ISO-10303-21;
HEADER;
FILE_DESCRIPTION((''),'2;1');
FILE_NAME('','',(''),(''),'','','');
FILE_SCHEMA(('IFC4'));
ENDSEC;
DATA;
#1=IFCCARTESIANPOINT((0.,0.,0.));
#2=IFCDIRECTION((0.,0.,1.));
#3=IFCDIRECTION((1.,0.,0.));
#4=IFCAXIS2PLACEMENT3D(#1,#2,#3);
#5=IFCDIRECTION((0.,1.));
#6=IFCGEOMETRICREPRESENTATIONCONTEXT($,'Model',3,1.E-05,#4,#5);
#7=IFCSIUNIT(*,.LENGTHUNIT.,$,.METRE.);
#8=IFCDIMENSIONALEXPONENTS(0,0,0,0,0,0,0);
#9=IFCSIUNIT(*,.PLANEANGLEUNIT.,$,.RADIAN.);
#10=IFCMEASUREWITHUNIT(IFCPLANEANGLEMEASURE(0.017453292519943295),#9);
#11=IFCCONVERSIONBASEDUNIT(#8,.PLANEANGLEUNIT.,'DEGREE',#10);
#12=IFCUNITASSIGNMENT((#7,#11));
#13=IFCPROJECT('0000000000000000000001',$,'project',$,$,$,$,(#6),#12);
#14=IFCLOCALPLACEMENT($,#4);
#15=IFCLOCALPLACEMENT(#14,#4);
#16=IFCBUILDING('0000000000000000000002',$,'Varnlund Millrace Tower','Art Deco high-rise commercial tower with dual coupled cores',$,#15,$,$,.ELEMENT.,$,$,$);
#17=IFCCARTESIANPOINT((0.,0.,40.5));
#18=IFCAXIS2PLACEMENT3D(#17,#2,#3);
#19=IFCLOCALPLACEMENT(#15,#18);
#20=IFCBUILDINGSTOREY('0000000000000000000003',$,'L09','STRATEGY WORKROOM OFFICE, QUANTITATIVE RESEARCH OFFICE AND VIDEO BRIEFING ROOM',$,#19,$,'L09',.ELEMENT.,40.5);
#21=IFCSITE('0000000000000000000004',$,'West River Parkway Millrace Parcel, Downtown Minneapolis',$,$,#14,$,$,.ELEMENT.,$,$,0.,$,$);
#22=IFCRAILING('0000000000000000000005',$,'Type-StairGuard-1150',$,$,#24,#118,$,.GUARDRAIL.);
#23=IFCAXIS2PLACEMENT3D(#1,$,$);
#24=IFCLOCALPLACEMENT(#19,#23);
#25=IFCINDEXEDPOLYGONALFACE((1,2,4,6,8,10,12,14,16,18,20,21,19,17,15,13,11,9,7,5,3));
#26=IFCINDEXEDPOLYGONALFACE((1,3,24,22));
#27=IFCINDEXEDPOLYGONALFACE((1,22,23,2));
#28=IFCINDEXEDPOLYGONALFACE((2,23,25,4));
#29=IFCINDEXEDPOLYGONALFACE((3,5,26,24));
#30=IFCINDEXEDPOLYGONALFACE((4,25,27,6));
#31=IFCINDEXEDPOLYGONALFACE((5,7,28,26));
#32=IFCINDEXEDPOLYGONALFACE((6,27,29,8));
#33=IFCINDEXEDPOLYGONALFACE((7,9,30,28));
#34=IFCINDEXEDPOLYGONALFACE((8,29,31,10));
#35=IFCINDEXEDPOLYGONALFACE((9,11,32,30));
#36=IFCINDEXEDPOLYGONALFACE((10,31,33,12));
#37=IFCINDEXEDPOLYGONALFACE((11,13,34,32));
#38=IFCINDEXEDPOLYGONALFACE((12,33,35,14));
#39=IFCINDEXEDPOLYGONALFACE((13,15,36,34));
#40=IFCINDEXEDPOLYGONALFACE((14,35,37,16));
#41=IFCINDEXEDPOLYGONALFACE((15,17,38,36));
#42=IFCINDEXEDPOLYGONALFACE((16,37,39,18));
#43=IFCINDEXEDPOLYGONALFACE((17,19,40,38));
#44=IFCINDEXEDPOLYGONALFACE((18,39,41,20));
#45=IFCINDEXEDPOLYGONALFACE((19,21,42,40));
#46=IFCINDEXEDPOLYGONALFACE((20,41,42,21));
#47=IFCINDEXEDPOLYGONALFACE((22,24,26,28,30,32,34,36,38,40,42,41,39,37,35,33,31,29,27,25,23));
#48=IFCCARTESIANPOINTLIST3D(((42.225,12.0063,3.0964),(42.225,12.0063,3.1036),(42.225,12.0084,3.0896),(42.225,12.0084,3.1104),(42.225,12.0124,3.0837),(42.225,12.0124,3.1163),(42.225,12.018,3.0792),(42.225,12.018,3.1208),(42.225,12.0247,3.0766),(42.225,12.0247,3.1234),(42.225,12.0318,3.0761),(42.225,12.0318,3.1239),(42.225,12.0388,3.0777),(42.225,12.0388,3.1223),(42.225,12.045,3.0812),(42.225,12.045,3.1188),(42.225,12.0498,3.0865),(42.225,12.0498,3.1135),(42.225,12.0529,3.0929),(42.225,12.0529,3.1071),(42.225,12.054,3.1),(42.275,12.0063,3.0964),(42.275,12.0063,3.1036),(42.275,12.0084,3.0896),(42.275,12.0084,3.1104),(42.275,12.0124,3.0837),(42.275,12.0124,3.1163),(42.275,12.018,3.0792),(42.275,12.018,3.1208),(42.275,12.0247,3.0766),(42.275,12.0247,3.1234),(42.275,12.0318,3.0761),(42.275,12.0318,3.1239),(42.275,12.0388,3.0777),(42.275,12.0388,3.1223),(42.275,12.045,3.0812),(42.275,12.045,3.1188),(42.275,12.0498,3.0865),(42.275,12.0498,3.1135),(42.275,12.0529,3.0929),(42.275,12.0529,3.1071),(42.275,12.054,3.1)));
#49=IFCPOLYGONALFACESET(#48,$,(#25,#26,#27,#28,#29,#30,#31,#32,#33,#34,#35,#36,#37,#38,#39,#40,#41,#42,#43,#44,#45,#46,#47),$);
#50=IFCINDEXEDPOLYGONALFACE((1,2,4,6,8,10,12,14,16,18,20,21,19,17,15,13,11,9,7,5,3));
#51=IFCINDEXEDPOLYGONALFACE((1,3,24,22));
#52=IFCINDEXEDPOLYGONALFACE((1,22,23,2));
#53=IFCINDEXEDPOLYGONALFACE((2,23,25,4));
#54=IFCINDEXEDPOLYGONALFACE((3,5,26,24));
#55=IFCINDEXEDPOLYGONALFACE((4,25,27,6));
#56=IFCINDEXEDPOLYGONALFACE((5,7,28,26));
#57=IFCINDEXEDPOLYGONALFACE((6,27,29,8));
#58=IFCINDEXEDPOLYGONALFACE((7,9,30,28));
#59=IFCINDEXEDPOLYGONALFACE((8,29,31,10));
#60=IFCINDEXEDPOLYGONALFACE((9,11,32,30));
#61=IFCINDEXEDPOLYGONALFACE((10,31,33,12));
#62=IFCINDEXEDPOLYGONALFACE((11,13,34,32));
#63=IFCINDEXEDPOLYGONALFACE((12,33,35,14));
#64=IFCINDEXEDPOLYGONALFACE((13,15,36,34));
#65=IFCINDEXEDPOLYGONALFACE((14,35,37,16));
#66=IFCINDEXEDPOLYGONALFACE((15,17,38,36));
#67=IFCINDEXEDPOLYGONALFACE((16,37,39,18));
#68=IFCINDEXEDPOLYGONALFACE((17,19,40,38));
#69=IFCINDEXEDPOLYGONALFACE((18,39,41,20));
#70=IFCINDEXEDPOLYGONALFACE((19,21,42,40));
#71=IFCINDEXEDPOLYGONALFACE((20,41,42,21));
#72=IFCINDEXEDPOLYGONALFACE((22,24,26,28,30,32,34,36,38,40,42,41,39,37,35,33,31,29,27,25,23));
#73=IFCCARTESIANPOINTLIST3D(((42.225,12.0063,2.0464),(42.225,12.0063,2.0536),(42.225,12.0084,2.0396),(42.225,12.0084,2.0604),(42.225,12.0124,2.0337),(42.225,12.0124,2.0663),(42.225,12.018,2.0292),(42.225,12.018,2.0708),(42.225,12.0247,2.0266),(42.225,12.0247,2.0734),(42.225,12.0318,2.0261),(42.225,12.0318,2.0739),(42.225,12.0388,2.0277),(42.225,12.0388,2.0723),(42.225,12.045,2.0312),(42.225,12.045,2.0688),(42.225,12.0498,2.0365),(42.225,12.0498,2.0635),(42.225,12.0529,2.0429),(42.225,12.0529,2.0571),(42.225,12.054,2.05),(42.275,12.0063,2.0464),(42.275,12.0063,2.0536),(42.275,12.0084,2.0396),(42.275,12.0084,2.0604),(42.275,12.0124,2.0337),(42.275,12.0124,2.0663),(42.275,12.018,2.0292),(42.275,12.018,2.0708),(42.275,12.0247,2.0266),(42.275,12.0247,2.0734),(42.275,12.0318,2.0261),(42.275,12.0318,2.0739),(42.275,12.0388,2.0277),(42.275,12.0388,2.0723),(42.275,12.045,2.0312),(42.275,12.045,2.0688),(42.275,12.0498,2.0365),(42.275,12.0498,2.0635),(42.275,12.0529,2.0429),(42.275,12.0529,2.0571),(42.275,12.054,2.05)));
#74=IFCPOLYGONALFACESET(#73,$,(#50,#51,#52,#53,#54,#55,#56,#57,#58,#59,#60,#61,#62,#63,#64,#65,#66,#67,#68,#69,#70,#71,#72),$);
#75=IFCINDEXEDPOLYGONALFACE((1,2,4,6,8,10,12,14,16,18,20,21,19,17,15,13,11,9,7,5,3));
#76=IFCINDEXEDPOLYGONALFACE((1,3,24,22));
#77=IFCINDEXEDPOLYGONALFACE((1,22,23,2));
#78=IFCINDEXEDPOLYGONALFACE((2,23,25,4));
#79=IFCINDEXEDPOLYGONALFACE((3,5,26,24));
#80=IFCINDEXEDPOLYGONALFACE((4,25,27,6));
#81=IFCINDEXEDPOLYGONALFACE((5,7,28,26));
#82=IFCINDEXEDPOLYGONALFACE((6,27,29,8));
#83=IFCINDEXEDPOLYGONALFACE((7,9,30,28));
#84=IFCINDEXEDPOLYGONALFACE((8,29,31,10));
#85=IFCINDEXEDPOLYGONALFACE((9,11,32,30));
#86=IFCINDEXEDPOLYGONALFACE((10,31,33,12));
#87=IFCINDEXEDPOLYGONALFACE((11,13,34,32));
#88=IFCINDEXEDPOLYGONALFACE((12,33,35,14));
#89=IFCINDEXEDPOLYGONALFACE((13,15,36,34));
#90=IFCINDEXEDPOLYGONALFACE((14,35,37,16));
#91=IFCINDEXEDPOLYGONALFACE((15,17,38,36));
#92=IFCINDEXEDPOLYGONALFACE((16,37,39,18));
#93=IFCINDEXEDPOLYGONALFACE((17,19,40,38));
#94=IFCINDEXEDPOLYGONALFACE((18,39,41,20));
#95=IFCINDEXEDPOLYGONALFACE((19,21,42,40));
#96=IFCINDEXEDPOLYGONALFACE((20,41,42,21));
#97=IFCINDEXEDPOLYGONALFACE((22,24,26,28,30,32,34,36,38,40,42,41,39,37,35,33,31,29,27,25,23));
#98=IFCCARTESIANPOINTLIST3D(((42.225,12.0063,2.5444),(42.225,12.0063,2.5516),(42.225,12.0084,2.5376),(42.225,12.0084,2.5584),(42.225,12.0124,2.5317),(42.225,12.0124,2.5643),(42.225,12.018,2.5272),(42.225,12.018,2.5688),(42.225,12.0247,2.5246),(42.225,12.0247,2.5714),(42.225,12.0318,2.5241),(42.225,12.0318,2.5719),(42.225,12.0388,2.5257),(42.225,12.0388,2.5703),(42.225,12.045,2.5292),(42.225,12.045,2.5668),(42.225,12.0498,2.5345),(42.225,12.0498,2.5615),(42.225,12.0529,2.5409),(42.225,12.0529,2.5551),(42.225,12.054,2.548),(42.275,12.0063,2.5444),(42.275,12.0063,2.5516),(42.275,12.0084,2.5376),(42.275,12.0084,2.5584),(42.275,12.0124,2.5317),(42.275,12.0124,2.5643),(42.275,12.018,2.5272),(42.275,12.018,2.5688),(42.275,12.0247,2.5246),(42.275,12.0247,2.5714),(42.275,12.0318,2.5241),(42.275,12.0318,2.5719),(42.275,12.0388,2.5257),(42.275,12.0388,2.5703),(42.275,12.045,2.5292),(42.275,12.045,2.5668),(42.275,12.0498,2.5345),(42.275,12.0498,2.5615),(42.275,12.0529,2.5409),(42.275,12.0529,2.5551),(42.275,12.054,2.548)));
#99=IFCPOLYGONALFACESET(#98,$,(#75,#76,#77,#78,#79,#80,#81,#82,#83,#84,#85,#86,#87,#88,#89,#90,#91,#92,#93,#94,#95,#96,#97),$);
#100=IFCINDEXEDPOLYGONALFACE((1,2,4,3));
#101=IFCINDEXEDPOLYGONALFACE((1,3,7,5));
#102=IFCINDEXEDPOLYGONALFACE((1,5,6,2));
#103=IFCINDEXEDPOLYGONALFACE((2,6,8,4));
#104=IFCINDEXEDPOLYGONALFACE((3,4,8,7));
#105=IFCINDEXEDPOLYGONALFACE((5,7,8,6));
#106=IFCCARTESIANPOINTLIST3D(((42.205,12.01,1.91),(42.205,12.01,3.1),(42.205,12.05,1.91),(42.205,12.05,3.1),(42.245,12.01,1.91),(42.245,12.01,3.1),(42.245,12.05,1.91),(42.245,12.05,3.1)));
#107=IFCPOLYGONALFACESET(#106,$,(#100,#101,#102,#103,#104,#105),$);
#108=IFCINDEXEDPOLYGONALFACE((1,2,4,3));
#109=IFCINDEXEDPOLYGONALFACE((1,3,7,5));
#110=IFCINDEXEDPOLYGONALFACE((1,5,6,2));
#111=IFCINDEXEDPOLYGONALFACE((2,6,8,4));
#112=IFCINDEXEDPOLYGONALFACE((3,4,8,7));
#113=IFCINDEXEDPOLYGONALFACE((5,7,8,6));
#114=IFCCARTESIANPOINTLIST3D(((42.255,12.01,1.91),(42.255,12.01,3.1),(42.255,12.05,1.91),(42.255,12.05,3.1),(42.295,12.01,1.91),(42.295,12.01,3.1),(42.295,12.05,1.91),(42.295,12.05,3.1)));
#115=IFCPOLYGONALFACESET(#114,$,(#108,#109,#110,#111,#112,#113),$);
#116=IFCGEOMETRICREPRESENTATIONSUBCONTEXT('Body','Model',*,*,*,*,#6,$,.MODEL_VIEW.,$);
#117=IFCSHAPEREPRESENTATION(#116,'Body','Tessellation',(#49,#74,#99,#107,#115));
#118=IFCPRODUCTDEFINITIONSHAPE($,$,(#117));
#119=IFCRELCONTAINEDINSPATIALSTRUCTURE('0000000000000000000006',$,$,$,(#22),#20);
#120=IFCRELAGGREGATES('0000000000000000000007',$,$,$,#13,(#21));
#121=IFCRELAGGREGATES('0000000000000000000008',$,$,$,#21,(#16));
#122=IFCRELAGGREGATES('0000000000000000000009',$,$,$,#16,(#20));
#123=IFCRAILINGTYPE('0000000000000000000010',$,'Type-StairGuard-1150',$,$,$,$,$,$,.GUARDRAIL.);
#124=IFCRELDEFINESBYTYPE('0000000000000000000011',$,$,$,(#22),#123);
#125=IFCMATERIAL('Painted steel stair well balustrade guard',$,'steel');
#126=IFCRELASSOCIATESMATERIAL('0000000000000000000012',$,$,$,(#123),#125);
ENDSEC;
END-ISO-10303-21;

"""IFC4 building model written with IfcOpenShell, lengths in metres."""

from ifc_helpers import new_model, entity, si_unit, converted_unit, direction, frame, origin_with_axes, origin_2d_with_axis, place, context, subcontext, project, spatial, rectangle, circle, extrude, material, type_object, element, save


model = new_model("IFC4")

# Units and contexts
model_context = context("Model", 3, precision=1e-05, world=origin_with_axes(), true_north=direction((0.0, 1.0)))
body_context = subcontext(model_context, "Body", "Model", "MODEL_VIEW")
ifc_project = project(units=[si_unit("LENGTHUNIT", "METRE"), converted_unit("PLANEANGLEUNIT", "DEGREE", entity("IfcPlaneAngleMeasure", 0.017453292519943295), si_unit("PLANEANGLEUNIT", "RADIAN"), dimensions=[0, 0, 0, 0, 0, 0, 0])], contexts=[model_context])

# Site, building, storey
site_placement = place(None, origin_with_axes())
site = spatial("IfcSite", under=ifc_project, at=site_placement, Name="West River Parkway Millrace Parcel, Downtown Minneapolis", CompositionType="ELEMENT", RefElevation=0.0)
building_placement = place(site_placement, origin_with_axes())
building = spatial("IfcBuilding", under=site, at=building_placement, Name="Varnlund Millrace Tower", Description="Art Deco high-rise commercial tower with dual coupled cores", CompositionType="ELEMENT")
storey_placement = place(building_placement, frame((0.0, 0.0, 40.5), z_axis=(0.0, 0.0, 1.0), x_axis=(1.0, 0.0, 0.0)))
storey = spatial("IfcBuildingStorey", under=building, at=storey_placement, Name="L09", Description="STRATEGY WORKROOM OFFICE, QUANTITATIVE RESEARCH OFFICE AND VIDEO BRIEFING ROOM", LongName="L09", CompositionType="ELEMENT", Elevation=40.5)

# Railing
ifc_material_1 = material(Name="Painted steel stair well balustrade guard", Category="steel")
railing_type_1 = type_object("IfcRailingType", Name="Type-StairGuard-1150", PredefinedType="GUARDRAIL", material=ifc_material_1)
railing_1_placement = place(storey_placement, frame((0.0, 0.0, -40.5), z_axis=(0.0, 0.0, 1.0), x_axis=(1.0, 0.0, 0.0)))
element("IfcRailing", 1, at=railing_1_placement, inside=storey, type_object=railing_type_1, Name="Type-StairGuard-1150", PredefinedType="GUARDRAIL", context=body_context, shape_type="SweptSolid", body=[
    extrude(circle(Radius=0.024, at=origin_2d_with_axis()), frame((42.225, 12.03, 43.6), z_axis=(1.0, 0.0, 0.0), x_axis=(0.0, 1.0, 0.0)), (0.0, 0.0, 1.0), 0.05),
    extrude(circle(Radius=0.024, at=origin_2d_with_axis()), frame((42.225, 12.03, 42.55), z_axis=(1.0, 0.0, 0.0), x_axis=(0.0, 1.0, 0.0)), (0.0, 0.0, 1.0), 0.05),
    extrude(circle(Radius=0.024, at=origin_2d_with_axis()), frame((42.225, 12.03, 43.048), z_axis=(1.0, 0.0, 0.0), x_axis=(0.0, 1.0, 0.0)), (0.0, 0.0, 1.0), 0.05),
    extrude(rectangle(XDim=0.04, YDim=0.04, at=origin_2d_with_axis()), frame((42.225, 12.03, 42.41), z_axis=(0.0, 0.0, 1.0), x_axis=(1.0, 0.0, 0.0)), (0.0, 0.0, 1.0), 1.19),
    extrude(rectangle(XDim=0.04, YDim=0.04, at=origin_2d_with_axis()), frame((42.275, 12.03, 42.41), z_axis=(0.0, 0.0, 1.0), x_axis=(1.0, 0.0, 0.0)), (0.0, 0.0, 1.0), 1.19),
])

save(model, "model.ifc")
